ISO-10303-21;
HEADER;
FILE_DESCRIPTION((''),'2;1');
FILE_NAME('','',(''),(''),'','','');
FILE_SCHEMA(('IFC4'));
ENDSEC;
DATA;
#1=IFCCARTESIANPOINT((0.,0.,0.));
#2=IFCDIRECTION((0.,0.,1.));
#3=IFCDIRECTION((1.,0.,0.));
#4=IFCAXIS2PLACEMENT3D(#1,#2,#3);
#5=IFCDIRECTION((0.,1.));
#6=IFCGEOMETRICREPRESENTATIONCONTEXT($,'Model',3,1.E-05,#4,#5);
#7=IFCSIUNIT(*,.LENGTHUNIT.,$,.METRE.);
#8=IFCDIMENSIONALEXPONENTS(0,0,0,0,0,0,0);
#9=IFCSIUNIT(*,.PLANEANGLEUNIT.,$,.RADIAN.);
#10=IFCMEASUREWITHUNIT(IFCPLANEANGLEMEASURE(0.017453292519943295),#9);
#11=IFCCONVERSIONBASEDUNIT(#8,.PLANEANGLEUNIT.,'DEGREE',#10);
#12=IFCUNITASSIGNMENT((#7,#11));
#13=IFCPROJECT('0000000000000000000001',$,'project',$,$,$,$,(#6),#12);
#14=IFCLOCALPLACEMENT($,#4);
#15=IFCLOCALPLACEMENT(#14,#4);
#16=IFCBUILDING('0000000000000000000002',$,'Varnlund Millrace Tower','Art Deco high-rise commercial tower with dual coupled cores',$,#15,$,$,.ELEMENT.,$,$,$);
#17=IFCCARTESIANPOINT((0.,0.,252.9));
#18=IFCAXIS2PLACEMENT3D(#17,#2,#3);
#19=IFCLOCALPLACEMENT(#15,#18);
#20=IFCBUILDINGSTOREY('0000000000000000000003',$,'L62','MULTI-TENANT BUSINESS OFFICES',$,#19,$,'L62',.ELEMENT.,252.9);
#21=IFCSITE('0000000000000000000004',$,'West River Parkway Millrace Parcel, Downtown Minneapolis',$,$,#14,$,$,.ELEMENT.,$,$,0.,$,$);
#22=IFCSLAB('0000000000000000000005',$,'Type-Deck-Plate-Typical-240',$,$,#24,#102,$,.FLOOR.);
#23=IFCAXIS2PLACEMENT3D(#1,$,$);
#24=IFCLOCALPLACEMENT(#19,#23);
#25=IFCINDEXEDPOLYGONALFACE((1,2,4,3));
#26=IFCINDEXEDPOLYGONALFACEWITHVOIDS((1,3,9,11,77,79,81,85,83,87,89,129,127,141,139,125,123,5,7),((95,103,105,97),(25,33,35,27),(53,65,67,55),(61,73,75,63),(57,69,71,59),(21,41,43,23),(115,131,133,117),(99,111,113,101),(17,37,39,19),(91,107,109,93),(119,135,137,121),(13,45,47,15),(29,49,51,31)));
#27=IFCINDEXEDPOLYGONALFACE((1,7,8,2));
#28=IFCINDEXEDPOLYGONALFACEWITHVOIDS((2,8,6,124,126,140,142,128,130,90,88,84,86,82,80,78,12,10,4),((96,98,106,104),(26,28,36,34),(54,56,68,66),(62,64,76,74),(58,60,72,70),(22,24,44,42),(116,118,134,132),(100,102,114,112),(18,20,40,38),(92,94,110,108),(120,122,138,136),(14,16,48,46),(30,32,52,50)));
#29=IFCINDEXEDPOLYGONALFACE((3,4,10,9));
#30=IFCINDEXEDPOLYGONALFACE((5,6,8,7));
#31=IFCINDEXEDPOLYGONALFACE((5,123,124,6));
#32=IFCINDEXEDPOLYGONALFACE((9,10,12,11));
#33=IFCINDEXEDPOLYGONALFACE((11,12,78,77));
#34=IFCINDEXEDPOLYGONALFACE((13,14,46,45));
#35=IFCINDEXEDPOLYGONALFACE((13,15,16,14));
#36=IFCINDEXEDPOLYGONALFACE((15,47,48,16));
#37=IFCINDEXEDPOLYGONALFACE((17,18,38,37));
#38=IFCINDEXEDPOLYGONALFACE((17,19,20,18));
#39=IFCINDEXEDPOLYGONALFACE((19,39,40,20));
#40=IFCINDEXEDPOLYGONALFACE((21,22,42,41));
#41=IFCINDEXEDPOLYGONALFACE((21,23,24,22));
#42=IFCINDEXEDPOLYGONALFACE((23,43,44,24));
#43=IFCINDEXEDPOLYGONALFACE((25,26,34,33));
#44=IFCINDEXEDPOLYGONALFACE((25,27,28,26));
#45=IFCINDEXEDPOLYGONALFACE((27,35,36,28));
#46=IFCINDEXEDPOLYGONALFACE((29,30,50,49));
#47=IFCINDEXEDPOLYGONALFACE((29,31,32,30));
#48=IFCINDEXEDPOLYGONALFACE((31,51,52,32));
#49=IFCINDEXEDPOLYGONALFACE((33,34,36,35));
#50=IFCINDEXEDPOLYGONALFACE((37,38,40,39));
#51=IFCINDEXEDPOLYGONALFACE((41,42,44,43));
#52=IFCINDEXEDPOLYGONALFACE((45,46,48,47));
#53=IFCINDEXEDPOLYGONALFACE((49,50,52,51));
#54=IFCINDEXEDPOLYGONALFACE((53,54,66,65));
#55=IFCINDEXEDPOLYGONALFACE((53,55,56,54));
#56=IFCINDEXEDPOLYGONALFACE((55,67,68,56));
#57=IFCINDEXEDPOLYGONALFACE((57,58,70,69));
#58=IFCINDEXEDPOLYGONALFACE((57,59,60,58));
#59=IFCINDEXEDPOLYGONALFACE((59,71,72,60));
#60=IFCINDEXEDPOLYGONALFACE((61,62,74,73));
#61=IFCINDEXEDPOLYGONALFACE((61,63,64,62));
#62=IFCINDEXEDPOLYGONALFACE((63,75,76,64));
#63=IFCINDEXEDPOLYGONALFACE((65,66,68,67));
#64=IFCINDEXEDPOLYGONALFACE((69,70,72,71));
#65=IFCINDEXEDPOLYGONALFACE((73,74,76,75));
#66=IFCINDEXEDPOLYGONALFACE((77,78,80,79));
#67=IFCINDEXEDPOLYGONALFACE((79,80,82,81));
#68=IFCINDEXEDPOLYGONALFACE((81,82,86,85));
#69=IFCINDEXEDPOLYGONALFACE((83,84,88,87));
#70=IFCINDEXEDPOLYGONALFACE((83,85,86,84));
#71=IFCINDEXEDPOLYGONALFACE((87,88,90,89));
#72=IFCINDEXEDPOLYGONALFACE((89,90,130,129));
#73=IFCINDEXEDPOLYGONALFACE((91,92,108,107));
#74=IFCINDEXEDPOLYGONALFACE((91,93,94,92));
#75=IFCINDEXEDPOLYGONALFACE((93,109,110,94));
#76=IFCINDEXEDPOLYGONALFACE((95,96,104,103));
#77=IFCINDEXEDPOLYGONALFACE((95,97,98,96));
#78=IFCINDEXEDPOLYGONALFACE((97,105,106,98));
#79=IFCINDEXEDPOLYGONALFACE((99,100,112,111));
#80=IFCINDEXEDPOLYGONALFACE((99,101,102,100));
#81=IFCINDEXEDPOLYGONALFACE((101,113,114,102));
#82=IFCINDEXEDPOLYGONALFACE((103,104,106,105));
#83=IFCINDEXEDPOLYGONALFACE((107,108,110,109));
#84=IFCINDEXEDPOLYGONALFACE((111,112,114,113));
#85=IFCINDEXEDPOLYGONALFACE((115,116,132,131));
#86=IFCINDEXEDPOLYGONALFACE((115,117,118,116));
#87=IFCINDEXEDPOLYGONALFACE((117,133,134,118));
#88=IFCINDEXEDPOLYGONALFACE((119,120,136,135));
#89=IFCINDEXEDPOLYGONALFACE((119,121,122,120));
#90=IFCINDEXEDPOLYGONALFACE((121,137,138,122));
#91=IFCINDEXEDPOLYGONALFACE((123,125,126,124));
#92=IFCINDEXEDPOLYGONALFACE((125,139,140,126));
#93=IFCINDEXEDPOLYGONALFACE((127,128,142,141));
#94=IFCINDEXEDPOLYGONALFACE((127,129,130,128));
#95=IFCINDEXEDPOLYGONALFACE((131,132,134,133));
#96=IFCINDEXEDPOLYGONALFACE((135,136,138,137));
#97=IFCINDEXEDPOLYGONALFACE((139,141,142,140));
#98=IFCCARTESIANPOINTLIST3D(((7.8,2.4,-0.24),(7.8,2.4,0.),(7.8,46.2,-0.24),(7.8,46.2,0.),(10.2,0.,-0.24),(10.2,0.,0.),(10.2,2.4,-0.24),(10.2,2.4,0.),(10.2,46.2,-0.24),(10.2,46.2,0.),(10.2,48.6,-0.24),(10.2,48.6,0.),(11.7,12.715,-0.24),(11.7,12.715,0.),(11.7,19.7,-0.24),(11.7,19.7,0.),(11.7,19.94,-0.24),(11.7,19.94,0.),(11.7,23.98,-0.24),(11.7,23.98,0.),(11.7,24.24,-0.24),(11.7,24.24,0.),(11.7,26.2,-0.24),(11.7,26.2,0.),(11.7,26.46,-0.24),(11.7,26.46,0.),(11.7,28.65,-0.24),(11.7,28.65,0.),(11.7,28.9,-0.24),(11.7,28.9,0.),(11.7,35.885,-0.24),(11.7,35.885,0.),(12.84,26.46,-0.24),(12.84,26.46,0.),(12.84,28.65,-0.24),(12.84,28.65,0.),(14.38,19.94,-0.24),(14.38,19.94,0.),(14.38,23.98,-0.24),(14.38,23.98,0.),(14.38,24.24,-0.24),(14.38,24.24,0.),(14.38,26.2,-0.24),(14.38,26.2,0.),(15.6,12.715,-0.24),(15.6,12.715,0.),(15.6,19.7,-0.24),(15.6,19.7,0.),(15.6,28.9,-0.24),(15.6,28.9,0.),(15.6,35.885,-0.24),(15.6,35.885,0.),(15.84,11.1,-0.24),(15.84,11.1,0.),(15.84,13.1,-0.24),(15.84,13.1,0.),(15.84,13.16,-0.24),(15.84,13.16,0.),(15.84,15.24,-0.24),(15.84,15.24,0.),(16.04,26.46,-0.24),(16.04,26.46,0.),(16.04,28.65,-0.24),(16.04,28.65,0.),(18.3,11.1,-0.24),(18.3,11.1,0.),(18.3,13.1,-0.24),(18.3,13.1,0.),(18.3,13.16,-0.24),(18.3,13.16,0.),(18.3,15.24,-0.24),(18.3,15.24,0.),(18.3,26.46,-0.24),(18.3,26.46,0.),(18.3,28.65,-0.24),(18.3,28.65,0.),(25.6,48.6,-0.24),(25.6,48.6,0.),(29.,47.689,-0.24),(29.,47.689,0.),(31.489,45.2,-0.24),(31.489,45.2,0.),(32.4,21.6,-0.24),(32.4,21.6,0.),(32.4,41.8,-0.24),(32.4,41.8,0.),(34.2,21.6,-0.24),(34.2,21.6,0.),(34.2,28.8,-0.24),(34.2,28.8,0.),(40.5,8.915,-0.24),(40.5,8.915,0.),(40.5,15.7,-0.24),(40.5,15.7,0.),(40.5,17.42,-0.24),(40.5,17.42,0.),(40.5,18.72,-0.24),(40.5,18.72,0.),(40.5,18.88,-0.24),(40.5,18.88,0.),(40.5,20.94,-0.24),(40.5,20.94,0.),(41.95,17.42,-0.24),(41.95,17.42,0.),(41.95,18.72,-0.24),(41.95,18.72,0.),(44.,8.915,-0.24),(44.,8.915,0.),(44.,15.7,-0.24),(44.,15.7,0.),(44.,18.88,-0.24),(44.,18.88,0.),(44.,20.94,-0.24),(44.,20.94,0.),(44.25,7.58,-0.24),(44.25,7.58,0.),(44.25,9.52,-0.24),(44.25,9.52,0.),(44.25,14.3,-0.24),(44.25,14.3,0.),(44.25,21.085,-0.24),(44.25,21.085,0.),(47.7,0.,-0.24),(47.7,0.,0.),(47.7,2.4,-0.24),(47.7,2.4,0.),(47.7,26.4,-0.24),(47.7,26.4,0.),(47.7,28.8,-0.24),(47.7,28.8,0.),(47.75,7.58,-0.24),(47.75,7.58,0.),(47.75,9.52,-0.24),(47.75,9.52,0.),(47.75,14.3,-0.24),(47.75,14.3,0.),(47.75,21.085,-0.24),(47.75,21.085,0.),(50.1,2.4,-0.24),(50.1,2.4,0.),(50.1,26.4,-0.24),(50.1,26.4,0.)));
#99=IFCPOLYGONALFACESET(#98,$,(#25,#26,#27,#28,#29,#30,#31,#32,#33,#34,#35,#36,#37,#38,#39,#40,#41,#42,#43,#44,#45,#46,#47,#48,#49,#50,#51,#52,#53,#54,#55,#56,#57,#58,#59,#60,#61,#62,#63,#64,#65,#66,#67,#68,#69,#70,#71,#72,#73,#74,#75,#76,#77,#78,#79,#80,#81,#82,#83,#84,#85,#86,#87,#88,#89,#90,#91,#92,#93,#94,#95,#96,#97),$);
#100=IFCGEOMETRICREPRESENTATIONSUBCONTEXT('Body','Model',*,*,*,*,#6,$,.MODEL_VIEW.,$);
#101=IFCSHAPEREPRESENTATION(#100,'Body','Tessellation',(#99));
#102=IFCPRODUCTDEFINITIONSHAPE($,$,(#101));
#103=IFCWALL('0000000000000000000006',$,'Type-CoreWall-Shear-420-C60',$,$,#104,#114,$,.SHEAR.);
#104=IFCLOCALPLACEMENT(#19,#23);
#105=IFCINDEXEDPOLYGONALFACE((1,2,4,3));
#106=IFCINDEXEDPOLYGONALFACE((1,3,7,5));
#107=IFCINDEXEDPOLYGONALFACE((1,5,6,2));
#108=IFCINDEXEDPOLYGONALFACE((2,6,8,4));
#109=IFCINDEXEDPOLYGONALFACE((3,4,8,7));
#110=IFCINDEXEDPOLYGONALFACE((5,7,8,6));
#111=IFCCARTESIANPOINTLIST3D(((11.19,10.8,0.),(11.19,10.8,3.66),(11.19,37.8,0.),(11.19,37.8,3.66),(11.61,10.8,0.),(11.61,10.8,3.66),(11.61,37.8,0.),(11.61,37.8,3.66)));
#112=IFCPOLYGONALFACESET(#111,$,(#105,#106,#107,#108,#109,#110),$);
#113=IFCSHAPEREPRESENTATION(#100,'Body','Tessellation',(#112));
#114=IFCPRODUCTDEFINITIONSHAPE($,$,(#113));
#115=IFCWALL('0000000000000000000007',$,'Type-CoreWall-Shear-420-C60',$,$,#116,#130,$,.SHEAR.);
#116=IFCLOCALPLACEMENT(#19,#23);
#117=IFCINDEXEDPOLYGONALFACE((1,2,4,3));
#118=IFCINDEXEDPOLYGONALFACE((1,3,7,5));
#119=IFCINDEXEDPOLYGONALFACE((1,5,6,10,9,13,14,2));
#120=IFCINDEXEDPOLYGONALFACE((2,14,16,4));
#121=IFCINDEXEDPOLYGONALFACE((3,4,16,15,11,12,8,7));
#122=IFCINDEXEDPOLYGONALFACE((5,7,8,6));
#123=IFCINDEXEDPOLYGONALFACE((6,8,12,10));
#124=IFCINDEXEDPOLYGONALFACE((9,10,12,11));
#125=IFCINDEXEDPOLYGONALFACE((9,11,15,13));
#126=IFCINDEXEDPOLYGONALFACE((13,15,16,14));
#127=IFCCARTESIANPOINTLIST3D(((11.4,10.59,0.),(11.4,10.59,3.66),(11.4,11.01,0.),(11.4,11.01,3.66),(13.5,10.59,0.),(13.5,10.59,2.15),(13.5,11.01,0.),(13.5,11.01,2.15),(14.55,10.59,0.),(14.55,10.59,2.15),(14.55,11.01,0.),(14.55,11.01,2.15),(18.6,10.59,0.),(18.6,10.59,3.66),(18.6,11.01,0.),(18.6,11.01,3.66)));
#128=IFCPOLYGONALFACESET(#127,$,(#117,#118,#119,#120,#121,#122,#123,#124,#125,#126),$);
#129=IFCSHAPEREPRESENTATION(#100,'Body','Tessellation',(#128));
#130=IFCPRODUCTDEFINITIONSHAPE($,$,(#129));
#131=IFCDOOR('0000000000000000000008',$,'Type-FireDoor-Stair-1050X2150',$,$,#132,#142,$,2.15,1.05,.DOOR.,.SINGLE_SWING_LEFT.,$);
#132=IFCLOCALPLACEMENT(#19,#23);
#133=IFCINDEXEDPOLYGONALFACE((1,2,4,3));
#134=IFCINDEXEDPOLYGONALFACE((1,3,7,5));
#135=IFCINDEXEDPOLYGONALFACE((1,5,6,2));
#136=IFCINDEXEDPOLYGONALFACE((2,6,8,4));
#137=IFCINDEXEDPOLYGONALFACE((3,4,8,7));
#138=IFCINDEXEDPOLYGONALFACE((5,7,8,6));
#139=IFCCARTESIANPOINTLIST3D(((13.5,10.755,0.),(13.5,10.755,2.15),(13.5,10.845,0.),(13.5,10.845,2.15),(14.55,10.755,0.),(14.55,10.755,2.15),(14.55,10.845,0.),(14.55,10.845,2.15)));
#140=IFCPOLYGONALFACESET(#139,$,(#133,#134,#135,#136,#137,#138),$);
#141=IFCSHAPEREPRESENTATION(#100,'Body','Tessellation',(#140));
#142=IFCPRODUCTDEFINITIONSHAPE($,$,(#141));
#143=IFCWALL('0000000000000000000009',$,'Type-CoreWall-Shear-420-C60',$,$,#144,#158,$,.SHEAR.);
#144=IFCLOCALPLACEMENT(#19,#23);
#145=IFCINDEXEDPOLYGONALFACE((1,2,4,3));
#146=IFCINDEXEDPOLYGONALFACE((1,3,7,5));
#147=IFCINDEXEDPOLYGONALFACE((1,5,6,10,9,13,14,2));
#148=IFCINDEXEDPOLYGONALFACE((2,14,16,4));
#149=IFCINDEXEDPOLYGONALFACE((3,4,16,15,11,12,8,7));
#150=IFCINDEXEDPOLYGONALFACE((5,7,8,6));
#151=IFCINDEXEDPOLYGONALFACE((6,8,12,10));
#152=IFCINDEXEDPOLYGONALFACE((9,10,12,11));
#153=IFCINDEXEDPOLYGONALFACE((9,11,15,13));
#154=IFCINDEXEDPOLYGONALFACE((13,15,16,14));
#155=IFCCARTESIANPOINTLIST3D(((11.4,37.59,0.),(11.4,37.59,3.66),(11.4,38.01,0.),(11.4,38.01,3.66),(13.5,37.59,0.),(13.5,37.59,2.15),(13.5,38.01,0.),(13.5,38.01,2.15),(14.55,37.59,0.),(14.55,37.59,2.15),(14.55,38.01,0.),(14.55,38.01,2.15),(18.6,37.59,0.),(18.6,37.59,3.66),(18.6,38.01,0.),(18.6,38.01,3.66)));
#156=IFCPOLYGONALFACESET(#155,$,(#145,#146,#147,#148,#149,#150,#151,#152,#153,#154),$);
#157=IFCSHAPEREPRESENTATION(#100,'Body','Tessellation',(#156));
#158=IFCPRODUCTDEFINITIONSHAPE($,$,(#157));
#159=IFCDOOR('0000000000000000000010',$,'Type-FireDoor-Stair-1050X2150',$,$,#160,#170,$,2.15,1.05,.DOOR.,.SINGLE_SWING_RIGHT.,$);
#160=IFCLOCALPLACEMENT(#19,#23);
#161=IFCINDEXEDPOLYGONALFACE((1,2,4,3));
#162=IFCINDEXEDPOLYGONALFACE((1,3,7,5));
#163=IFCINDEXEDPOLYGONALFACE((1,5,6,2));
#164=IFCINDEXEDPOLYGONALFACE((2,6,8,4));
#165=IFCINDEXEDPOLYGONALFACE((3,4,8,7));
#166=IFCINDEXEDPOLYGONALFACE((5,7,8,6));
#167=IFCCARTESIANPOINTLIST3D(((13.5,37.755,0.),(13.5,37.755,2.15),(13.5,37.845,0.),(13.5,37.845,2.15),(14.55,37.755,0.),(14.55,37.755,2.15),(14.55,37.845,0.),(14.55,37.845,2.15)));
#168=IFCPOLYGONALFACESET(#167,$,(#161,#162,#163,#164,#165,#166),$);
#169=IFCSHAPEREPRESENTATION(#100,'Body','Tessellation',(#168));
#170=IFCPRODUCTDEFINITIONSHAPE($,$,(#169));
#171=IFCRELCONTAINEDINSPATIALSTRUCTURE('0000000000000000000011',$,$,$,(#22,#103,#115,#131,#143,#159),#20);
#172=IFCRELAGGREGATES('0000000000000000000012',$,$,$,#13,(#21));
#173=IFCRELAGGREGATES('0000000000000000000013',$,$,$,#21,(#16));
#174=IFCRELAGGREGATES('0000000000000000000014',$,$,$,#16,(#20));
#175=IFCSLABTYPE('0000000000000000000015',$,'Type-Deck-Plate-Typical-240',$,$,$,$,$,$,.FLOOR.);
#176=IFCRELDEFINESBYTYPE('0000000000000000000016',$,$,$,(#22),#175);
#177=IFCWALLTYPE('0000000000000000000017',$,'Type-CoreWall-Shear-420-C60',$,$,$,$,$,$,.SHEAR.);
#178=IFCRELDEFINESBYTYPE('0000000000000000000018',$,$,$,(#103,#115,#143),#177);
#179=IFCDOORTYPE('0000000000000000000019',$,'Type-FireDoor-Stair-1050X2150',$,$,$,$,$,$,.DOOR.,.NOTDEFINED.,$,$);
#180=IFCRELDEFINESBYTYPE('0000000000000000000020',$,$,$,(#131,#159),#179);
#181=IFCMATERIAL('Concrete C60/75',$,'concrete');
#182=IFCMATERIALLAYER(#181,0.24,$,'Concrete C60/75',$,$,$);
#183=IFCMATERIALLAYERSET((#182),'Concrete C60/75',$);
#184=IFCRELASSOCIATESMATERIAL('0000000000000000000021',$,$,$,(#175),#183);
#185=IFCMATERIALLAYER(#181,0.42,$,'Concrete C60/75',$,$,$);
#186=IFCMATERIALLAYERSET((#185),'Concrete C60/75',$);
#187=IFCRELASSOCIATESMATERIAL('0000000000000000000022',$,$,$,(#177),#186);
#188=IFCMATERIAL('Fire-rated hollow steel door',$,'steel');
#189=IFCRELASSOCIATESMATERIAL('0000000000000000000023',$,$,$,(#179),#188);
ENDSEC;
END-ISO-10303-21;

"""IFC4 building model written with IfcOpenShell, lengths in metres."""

from ifc_helpers import new_model, entity, si_unit, converted_unit, direction, frame, origin_with_axes, origin_2d_with_axis, place, context, subcontext, project, spatial, polyline, rectangle, outline, extrude, material, layer, layer_set, type_object, element, fill, save


model = new_model("IFC4")

# Units and contexts
model_context = context("Model", 3, precision=1e-05, world=origin_with_axes(), true_north=direction((0.0, 1.0)))
body_context = subcontext(model_context, "Body", "Model", "MODEL_VIEW")
ifc_project = project(units=[si_unit("LENGTHUNIT", "METRE"), converted_unit("PLANEANGLEUNIT", "DEGREE", entity("IfcPlaneAngleMeasure", 0.017453292519943295), si_unit("PLANEANGLEUNIT", "RADIAN"), dimensions=[0, 0, 0, 0, 0, 0, 0])], contexts=[model_context])

# Site, building, storey
site_placement = place(None, origin_with_axes())
site = spatial("IfcSite", under=ifc_project, at=site_placement, Name="West River Parkway Millrace Parcel, Downtown Minneapolis", CompositionType="ELEMENT", RefElevation=0.0)
building_placement = place(site_placement, origin_with_axes())
building = spatial("IfcBuilding", under=site, at=building_placement, Name="Varnlund Millrace Tower", Description="Art Deco high-rise commercial tower with dual coupled cores", CompositionType="ELEMENT")
storey_placement = place(building_placement, frame((0.0, 0.0, 252.9), z_axis=(0.0, 0.0, 1.0), x_axis=(1.0, 0.0, 0.0)))
storey = spatial("IfcBuildingStorey", under=building, at=storey_placement, Name="L62", Description="MULTI-TENANT BUSINESS OFFICES", LongName="L62", CompositionType="ELEMENT", Elevation=252.9)

# Slab
ifc_material_1 = material(Name="Concrete C60/75", Category="concrete")
ifc_layer_1 = layer(ifc_material_1, 0.24, Name="Concrete C60/75")
ifc_layer_set_1 = layer_set([ifc_layer_1], Name="Concrete C60/75")
slab_type = type_object("IfcSlabType", Name="Type-Deck-Plate-Typical-240", PredefinedType="FLOOR", material=ifc_layer_set_1)
slab_placement = place(storey_placement, frame((0.0, 0.0, -0.24), z_axis=(0.0, 0.0, 1.0), x_axis=(1.0, 0.0, 0.0)))
element("IfcSlab", 1, at=slab_placement, inside=storey, type_object=slab_type, Name="Type-Deck-Plate-Typical-240", PredefinedType="FLOOR", context=body_context, shape_type="SweptSolid", body=[
    extrude(outline(polyline([(32.4, 21.6), (32.4, 41.8), (31.489, 45.2), (29.0, 47.689), (25.6, 48.6), (10.2, 48.6), (10.2, 46.2), (7.8, 46.2), (7.8, 2.4), (10.2, 2.4), (10.2, 0.0), (47.7, 0.0), (47.7, 2.4), (50.1, 2.4), (50.1, 26.4), (47.7, 26.4), (47.7, 28.8), (34.2, 28.8), (34.2, 21.6), (32.4, 21.6)]), holes=[polyline([(18.3, 13.1), (18.3, 11.1), (15.84, 11.1), (15.84, 13.1), (18.3, 13.1)]), polyline([(15.6, 12.715), (11.7, 12.715), (11.7, 19.7), (15.6, 19.7), (15.6, 12.715)]), polyline([(11.7, 19.94), (11.7, 23.98), (14.38, 23.98), (14.38, 19.94), (11.7, 19.94)]), polyline([(14.38, 24.24), (11.7, 24.24), (11.7, 26.2), (14.38, 26.2), (14.38, 24.24)]), polyline([(12.84, 26.46), (11.7, 26.46), (11.7, 28.65), (12.84, 28.65), (12.84, 26.46)]), polyline([(15.6, 28.9), (11.7, 28.9), (11.7, 35.885), (15.6, 35.885), (15.6, 28.9)]), polyline([(47.75, 9.52), (47.75, 7.58), (44.25, 7.58), (44.25, 9.52), (47.75, 9.52)]), polyline([(44.0, 8.915), (40.5, 8.915), (40.5, 15.7), (44.0, 15.7), (44.0, 8.915)]), polyline([(18.3, 13.16), (15.84, 13.16), (15.84, 15.24), (18.3, 15.24), (18.3, 13.16)]), polyline([(47.75, 14.3), (44.25, 14.3), (44.25, 21.085), (47.75, 21.085), (47.75, 14.3)]), polyline([(41.95, 17.42), (40.5, 17.42), (40.5, 18.72), (41.95, 18.72), (41.95, 17.42)]), polyline([(44.0, 18.88), (40.5, 18.88), (40.5, 20.94), (44.0, 20.94), (44.0, 18.88)]), polyline([(18.3, 26.46), (16.04, 26.46), (16.04, 28.65), (18.3, 28.65), (18.3, 26.46)])]), origin_with_axes(), (0.0, 0.0, 1.0), 0.24),
])

# Wall
ifc_layer_2 = layer(ifc_material_1, 0.42, Name="Concrete C60/75")
ifc_layer_set_2 = layer_set([ifc_layer_2], Name="Concrete C60/75")
wall_type_1 = type_object("IfcWallType", Name="Type-CoreWall-Shear-420-C60", PredefinedType="SHEAR", material=ifc_layer_set_2)
wall_1_placement = place(storey_placement, frame((11.4, 10.8, 0.0), z_axis=(0.0, 0.0, 1.0), x_axis=(0.0, 1.0, 0.0)))
element("IfcWall", 2, at=wall_1_placement, inside=storey, type_object=wall_type_1, Name="Type-CoreWall-Shear-420-C60", PredefinedType="SHEAR", context=body_context, shape_type="SweptSolid", body=[
    extrude(outline(polyline([(0.0, -0.21), (27.0, -0.21), (27.0, 0.21), (0.0, 0.21), (0.0, -0.21)])), origin_with_axes(), (0.0, 0.0, 1.0), 3.66),
])

# Walls, openings, doors
wall_2_placement = place(storey_placement, frame((11.4, 10.8, 0.0), z_axis=(0.0, 0.0, 1.0), x_axis=(1.0, 0.0, 0.0)))
wall_2 = element("IfcWall", 3, at=wall_2_placement, inside=storey, type_object=wall_type_1, Name="Type-CoreWall-Shear-420-C60", PredefinedType="SHEAR", context=body_context, shape_type="SweptSolid", body=[
    extrude(outline(polyline([(0.0, -0.21), (7.2, -0.21), (7.2, 0.21), (0.0, 0.21), (0.0, -0.21)])), origin_with_axes(), (0.0, 0.0, 1.0), 3.66),
])
opening_1_placement = place(wall_2_placement, frame((2.625, 0.0, 0.0), z_axis=(0.0, 0.0, 1.0), x_axis=(1.0, 0.0, 0.0)))
opening_1 = element("IfcOpeningElement", 4, at=opening_1_placement, cuts=wall_2, PredefinedType="OPENING", context=body_context, shape_type="SweptSolid", body=[
    extrude(rectangle(XDim=1.05, YDim=0.44, at=origin_2d_with_axis()), origin_with_axes(), (0.0, 0.0, 1.0), 2.15),
])
ifc_material_2 = material(Name="Fire-rated hollow steel door", Category="steel")
door_type_1 = type_object("IfcDoorType", Name="Type-FireDoor-Stair-1050X2150", OperationType="NOTDEFINED", PredefinedType="DOOR", material=ifc_material_2)
door_1_placement = place(wall_2_placement, frame((2.625, 0.0, 0.0), z_axis=(0.0, 0.0, 1.0), x_axis=(1.0, 0.0, 0.0)))
door_1 = element("IfcDoor", 5, at=door_1_placement, inside=storey, type_object=door_type_1, Name="Type-FireDoor-Stair-1050X2150", OperationType="SINGLE_SWING_LEFT", OverallHeight=2.15, OverallWidth=1.05, PredefinedType="DOOR", context=body_context, shape_type="SweptSolid", body=[
    extrude(rectangle(XDim=1.05, YDim=0.09, at=origin_2d_with_axis()), origin_with_axes(), (0.0, 0.0, 1.0), 2.15),
])
fill(opening_1, door_1)
wall_3_placement = place(storey_placement, frame((11.4, 37.8, 0.0), z_axis=(0.0, 0.0, 1.0), x_axis=(1.0, 0.0, 0.0)))
wall_3 = element("IfcWall", 6, at=wall_3_placement, inside=storey, type_object=wall_type_1, Name="Type-CoreWall-Shear-420-C60", PredefinedType="SHEAR", context=body_context, shape_type="SweptSolid", body=[
    extrude(outline(polyline([(0.0, -0.21), (7.2, -0.21), (7.2, 0.21), (0.0, 0.21), (0.0, -0.21)])), origin_with_axes(), (0.0, 0.0, 1.0), 3.66),
])
opening_2_placement = place(wall_3_placement, frame((2.625, 0.0, 0.0), z_axis=(0.0, 0.0, 1.0), x_axis=(1.0, 0.0, 0.0)))
opening_2 = element("IfcOpeningElement", 7, at=opening_2_placement, cuts=wall_3, PredefinedType="OPENING", context=body_context, shape_type="SweptSolid", body=[
    extrude(rectangle(XDim=1.05, YDim=0.44, at=origin_2d_with_axis()), origin_with_axes(), (0.0, 0.0, 1.0), 2.15),
])
door_2_placement = place(wall_3_placement, frame((2.625, 0.0, 0.0), z_axis=(0.0, 0.0, 1.0), x_axis=(1.0, 0.0, 0.0)))
door_2 = element("IfcDoor", 8, at=door_2_placement, inside=storey, type_object=door_type_1, Name="Type-FireDoor-Stair-1050X2150", OperationType="SINGLE_SWING_RIGHT", OverallHeight=2.15, OverallWidth=1.05, PredefinedType="DOOR", context=body_context, shape_type="SweptSolid", body=[
    extrude(rectangle(XDim=1.05, YDim=0.09, at=origin_2d_with_axis()), origin_with_axes(), (0.0, 0.0, 1.0), 2.15),
])
fill(opening_2, door_2)

save(model, "model.ifc")
